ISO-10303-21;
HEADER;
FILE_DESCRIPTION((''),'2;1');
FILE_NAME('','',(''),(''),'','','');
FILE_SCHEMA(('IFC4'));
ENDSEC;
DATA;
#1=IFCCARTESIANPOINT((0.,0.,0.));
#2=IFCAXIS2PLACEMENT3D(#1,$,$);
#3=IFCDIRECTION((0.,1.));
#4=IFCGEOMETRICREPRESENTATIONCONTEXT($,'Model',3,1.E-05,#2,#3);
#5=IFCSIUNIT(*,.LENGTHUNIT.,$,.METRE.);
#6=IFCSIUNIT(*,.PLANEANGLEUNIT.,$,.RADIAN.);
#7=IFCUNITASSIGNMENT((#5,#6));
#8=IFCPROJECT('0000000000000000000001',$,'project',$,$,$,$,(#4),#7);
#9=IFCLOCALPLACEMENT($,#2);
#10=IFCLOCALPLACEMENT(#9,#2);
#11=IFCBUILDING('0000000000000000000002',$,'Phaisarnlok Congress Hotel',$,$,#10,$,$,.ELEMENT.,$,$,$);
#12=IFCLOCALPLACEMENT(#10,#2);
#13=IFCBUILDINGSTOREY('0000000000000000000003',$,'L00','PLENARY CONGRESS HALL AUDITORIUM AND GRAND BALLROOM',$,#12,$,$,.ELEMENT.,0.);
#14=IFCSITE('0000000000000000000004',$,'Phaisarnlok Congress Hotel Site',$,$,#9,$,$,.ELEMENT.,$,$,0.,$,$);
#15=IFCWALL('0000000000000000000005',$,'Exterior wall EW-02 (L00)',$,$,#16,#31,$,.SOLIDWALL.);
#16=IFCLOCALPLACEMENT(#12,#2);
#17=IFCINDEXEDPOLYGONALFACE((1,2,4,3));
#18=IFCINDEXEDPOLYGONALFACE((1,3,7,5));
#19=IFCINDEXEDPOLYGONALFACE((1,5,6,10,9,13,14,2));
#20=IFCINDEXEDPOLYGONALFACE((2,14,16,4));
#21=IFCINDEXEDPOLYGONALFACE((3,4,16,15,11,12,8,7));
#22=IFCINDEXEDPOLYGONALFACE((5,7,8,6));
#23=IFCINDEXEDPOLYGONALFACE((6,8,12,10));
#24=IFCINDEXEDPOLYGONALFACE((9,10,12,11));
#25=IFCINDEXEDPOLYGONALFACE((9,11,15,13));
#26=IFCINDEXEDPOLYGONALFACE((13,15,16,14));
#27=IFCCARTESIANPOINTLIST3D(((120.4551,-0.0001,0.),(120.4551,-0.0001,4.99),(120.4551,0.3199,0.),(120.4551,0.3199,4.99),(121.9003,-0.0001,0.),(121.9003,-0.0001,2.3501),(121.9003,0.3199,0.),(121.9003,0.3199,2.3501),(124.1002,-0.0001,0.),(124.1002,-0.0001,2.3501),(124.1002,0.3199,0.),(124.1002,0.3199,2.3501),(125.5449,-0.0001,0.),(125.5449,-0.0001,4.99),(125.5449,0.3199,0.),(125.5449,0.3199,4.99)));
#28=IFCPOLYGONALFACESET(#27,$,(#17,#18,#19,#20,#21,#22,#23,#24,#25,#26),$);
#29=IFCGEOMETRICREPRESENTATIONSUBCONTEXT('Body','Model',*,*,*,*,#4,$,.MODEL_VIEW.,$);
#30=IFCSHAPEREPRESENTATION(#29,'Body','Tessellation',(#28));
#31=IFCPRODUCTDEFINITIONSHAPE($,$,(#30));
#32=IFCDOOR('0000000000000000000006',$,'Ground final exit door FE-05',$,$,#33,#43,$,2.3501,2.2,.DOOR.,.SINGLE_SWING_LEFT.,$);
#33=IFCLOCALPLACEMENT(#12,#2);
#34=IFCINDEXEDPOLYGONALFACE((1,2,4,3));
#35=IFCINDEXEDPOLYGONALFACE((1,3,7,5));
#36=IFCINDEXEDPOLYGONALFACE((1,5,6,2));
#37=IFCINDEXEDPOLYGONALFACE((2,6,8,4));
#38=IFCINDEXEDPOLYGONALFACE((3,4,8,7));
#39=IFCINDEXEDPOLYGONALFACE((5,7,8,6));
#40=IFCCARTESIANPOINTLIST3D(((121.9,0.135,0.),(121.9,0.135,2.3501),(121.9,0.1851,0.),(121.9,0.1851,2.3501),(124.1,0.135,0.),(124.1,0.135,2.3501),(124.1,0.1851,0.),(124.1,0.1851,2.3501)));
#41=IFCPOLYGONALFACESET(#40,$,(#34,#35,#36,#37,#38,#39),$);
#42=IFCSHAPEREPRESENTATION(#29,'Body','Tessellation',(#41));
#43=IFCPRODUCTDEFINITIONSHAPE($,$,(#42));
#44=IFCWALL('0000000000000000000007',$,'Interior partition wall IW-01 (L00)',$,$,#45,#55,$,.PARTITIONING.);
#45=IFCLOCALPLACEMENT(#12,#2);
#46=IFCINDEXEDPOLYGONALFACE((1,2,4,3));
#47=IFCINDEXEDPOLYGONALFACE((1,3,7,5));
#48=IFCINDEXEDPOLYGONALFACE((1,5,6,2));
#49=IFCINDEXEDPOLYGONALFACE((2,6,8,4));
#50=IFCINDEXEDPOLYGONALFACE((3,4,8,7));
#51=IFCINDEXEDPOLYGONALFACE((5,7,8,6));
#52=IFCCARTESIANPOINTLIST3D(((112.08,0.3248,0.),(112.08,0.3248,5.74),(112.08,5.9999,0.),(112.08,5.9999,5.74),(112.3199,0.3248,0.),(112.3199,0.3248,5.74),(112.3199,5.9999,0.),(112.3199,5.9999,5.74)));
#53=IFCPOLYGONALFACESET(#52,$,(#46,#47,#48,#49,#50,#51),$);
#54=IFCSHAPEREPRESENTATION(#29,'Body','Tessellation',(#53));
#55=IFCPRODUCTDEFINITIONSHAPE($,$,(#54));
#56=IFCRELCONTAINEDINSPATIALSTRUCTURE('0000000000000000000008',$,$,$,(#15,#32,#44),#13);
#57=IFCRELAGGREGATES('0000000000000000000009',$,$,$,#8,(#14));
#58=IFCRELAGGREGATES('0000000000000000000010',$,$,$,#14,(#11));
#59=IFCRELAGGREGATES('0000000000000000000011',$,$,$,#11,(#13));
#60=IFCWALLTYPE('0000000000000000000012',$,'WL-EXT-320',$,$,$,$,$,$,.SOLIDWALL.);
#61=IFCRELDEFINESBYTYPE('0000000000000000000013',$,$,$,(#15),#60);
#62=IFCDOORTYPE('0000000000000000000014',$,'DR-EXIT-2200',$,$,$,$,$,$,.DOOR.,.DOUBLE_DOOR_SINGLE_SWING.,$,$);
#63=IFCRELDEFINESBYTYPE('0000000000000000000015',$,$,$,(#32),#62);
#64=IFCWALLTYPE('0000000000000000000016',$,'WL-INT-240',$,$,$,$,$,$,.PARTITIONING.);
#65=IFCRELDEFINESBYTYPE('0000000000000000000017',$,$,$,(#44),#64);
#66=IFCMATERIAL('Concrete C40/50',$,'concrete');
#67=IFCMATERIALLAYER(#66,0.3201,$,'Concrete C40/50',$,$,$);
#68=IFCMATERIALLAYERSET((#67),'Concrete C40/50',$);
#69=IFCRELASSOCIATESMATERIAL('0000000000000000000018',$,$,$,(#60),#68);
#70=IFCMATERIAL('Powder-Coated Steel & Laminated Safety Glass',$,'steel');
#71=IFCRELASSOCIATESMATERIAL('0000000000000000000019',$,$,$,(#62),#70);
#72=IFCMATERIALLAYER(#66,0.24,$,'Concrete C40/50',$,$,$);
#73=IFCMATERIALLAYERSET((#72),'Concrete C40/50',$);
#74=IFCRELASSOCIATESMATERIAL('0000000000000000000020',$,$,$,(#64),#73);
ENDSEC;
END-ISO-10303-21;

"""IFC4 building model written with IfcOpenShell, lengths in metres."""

from ifc_helpers import new_model, si_unit, direction, frame, frame_2d, origin, place, context, subcontext, project, spatial, rectangle, extrude, material, layer, layer_set, type_object, element, fill, save


model = new_model("IFC4")

# Units and contexts
model_context = context("Model", 3, precision=1e-05, world=origin(), true_north=direction((0.0, 1.0)))
body_context = subcontext(model_context, "Body", "Model", "MODEL_VIEW")
ifc_project = project(units=[si_unit("LENGTHUNIT", "METRE"), si_unit("PLANEANGLEUNIT", "RADIAN")], contexts=[model_context])

# Site, building, storey
site_placement = place(None, origin())
site = spatial("IfcSite", under=ifc_project, at=site_placement, Name="Phaisarnlok Congress Hotel Site", CompositionType="ELEMENT", RefElevation=0.0)
building_placement = place(site_placement, origin())
building = spatial("IfcBuilding", under=site, at=building_placement, Name="Phaisarnlok Congress Hotel", CompositionType="ELEMENT")
storey_placement = place(building_placement, origin())
storey = spatial("IfcBuildingStorey", under=building, at=storey_placement, Name="L00", Description="PLENARY CONGRESS HALL AUDITORIUM AND GRAND BALLROOM", CompositionType="ELEMENT", Elevation=0.0)

# Shared definitions
ifc_material_1 = material(Name="Concrete C40/50", Category="concrete")

# Shared definitions
ifc_layer_1 = layer(ifc_material_1, 0.3201, Name="Concrete C40/50")
ifc_layer_set_1 = layer_set([ifc_layer_1], Name="Concrete C40/50")
wall_type_1 = type_object("IfcWallType", Name="WL-EXT-320", PredefinedType="SOLIDWALL", material=ifc_layer_set_1)

# Wall, opening, door
ifc_material_2 = material(Name="Powder-Coated Steel & Laminated Safety Glass", Category="steel")
wall_1_placement = place(storey_placement, frame((120.4551, 0.1599, 0.0), z_axis=(0.0, 0.0, 1.0), x_axis=(1.0, 0.0, 0.0)))
wall_1 = element("IfcWall", 1, at=wall_1_placement, inside=storey, type_object=wall_type_1, Name="Exterior wall EW-02 (L00)", PredefinedType="SOLIDWALL", context=body_context, shape_type="SweptSolid", body=[
    extrude(rectangle(XDim=5.0898, YDim=0.3201, at=frame_2d((2.5449, 0.0))), origin(), (0.0, 0.0, 1.0), 4.99),
])
opening_1_placement = place(wall_1_placement, frame((1.4451, 0.0, 0.0)))
opening_1 = element("IfcOpeningElement", 2, at=opening_1_placement, cuts=wall_1, PredefinedType="OPENING", context=body_context, shape_type="SweptSolid", body=[
    extrude(rectangle(XDim=2.2, YDim=2.3501, at=frame_2d((1.1001, 1.175))), frame((0.0, 0.1699, 0.0), z_axis=(0.0, -1.0, 0.0), x_axis=(1.0, 0.0, 0.0)), (0.0, 0.0, 1.0), 0.3401),
])
door_type_1 = type_object("IfcDoorType", Name="DR-EXIT-2200", OperationType="DOUBLE_DOOR_SINGLE_SWING", PredefinedType="DOOR", material=ifc_material_2)
door_1_placement = place(opening_1_placement, frame((2.2, 0.0, 0.0), z_axis=(0.0, 0.0, 1.0), x_axis=(-1.0, 0.0, 0.0)))
door_1 = element("IfcDoor", 3, at=door_1_placement, inside=storey, type_object=door_type_1, Name="Ground final exit door FE-05", OperationType="SINGLE_SWING_LEFT", OverallHeight=2.3501, OverallWidth=2.2, PredefinedType="DOOR", context=body_context, shape_type="SweptSolid", body=[
    extrude(rectangle(XDim=2.2, YDim=2.3501, at=frame_2d((1.1001, 1.175))), frame((0.0, 0.0249, 0.0), z_axis=(0.0, -1.0, 0.0), x_axis=(1.0, 0.0, 0.0)), (0.0, 0.0, 1.0), 0.05),
])
fill(opening_1, door_1)

# Wall
ifc_layer_2 = layer(ifc_material_1, 0.24, Name="Concrete C40/50")
ifc_layer_set_2 = layer_set([ifc_layer_2], Name="Concrete C40/50")
wall_type_2 = type_object("IfcWallType", Name="WL-INT-240", PredefinedType="PARTITIONING", material=ifc_layer_set_2)
wall_2_placement = place(storey_placement, frame((112.2, 0.325, 0.0), z_axis=(0.0, 0.0, 1.0), x_axis=(0.0, 1.0, 0.0)))
element("IfcWall", 4, at=wall_2_placement, inside=storey, type_object=wall_type_2, Name="Interior partition wall IW-01 (L00)", PredefinedType="PARTITIONING", context=body_context, shape_type="SweptSolid", body=[
    extrude(rectangle(XDim=5.675, YDim=0.24, at=frame_2d((2.8374, 0.0))), origin(), (0.0, 0.0, 1.0), 5.74),
])

save(model, "model.ifc")
